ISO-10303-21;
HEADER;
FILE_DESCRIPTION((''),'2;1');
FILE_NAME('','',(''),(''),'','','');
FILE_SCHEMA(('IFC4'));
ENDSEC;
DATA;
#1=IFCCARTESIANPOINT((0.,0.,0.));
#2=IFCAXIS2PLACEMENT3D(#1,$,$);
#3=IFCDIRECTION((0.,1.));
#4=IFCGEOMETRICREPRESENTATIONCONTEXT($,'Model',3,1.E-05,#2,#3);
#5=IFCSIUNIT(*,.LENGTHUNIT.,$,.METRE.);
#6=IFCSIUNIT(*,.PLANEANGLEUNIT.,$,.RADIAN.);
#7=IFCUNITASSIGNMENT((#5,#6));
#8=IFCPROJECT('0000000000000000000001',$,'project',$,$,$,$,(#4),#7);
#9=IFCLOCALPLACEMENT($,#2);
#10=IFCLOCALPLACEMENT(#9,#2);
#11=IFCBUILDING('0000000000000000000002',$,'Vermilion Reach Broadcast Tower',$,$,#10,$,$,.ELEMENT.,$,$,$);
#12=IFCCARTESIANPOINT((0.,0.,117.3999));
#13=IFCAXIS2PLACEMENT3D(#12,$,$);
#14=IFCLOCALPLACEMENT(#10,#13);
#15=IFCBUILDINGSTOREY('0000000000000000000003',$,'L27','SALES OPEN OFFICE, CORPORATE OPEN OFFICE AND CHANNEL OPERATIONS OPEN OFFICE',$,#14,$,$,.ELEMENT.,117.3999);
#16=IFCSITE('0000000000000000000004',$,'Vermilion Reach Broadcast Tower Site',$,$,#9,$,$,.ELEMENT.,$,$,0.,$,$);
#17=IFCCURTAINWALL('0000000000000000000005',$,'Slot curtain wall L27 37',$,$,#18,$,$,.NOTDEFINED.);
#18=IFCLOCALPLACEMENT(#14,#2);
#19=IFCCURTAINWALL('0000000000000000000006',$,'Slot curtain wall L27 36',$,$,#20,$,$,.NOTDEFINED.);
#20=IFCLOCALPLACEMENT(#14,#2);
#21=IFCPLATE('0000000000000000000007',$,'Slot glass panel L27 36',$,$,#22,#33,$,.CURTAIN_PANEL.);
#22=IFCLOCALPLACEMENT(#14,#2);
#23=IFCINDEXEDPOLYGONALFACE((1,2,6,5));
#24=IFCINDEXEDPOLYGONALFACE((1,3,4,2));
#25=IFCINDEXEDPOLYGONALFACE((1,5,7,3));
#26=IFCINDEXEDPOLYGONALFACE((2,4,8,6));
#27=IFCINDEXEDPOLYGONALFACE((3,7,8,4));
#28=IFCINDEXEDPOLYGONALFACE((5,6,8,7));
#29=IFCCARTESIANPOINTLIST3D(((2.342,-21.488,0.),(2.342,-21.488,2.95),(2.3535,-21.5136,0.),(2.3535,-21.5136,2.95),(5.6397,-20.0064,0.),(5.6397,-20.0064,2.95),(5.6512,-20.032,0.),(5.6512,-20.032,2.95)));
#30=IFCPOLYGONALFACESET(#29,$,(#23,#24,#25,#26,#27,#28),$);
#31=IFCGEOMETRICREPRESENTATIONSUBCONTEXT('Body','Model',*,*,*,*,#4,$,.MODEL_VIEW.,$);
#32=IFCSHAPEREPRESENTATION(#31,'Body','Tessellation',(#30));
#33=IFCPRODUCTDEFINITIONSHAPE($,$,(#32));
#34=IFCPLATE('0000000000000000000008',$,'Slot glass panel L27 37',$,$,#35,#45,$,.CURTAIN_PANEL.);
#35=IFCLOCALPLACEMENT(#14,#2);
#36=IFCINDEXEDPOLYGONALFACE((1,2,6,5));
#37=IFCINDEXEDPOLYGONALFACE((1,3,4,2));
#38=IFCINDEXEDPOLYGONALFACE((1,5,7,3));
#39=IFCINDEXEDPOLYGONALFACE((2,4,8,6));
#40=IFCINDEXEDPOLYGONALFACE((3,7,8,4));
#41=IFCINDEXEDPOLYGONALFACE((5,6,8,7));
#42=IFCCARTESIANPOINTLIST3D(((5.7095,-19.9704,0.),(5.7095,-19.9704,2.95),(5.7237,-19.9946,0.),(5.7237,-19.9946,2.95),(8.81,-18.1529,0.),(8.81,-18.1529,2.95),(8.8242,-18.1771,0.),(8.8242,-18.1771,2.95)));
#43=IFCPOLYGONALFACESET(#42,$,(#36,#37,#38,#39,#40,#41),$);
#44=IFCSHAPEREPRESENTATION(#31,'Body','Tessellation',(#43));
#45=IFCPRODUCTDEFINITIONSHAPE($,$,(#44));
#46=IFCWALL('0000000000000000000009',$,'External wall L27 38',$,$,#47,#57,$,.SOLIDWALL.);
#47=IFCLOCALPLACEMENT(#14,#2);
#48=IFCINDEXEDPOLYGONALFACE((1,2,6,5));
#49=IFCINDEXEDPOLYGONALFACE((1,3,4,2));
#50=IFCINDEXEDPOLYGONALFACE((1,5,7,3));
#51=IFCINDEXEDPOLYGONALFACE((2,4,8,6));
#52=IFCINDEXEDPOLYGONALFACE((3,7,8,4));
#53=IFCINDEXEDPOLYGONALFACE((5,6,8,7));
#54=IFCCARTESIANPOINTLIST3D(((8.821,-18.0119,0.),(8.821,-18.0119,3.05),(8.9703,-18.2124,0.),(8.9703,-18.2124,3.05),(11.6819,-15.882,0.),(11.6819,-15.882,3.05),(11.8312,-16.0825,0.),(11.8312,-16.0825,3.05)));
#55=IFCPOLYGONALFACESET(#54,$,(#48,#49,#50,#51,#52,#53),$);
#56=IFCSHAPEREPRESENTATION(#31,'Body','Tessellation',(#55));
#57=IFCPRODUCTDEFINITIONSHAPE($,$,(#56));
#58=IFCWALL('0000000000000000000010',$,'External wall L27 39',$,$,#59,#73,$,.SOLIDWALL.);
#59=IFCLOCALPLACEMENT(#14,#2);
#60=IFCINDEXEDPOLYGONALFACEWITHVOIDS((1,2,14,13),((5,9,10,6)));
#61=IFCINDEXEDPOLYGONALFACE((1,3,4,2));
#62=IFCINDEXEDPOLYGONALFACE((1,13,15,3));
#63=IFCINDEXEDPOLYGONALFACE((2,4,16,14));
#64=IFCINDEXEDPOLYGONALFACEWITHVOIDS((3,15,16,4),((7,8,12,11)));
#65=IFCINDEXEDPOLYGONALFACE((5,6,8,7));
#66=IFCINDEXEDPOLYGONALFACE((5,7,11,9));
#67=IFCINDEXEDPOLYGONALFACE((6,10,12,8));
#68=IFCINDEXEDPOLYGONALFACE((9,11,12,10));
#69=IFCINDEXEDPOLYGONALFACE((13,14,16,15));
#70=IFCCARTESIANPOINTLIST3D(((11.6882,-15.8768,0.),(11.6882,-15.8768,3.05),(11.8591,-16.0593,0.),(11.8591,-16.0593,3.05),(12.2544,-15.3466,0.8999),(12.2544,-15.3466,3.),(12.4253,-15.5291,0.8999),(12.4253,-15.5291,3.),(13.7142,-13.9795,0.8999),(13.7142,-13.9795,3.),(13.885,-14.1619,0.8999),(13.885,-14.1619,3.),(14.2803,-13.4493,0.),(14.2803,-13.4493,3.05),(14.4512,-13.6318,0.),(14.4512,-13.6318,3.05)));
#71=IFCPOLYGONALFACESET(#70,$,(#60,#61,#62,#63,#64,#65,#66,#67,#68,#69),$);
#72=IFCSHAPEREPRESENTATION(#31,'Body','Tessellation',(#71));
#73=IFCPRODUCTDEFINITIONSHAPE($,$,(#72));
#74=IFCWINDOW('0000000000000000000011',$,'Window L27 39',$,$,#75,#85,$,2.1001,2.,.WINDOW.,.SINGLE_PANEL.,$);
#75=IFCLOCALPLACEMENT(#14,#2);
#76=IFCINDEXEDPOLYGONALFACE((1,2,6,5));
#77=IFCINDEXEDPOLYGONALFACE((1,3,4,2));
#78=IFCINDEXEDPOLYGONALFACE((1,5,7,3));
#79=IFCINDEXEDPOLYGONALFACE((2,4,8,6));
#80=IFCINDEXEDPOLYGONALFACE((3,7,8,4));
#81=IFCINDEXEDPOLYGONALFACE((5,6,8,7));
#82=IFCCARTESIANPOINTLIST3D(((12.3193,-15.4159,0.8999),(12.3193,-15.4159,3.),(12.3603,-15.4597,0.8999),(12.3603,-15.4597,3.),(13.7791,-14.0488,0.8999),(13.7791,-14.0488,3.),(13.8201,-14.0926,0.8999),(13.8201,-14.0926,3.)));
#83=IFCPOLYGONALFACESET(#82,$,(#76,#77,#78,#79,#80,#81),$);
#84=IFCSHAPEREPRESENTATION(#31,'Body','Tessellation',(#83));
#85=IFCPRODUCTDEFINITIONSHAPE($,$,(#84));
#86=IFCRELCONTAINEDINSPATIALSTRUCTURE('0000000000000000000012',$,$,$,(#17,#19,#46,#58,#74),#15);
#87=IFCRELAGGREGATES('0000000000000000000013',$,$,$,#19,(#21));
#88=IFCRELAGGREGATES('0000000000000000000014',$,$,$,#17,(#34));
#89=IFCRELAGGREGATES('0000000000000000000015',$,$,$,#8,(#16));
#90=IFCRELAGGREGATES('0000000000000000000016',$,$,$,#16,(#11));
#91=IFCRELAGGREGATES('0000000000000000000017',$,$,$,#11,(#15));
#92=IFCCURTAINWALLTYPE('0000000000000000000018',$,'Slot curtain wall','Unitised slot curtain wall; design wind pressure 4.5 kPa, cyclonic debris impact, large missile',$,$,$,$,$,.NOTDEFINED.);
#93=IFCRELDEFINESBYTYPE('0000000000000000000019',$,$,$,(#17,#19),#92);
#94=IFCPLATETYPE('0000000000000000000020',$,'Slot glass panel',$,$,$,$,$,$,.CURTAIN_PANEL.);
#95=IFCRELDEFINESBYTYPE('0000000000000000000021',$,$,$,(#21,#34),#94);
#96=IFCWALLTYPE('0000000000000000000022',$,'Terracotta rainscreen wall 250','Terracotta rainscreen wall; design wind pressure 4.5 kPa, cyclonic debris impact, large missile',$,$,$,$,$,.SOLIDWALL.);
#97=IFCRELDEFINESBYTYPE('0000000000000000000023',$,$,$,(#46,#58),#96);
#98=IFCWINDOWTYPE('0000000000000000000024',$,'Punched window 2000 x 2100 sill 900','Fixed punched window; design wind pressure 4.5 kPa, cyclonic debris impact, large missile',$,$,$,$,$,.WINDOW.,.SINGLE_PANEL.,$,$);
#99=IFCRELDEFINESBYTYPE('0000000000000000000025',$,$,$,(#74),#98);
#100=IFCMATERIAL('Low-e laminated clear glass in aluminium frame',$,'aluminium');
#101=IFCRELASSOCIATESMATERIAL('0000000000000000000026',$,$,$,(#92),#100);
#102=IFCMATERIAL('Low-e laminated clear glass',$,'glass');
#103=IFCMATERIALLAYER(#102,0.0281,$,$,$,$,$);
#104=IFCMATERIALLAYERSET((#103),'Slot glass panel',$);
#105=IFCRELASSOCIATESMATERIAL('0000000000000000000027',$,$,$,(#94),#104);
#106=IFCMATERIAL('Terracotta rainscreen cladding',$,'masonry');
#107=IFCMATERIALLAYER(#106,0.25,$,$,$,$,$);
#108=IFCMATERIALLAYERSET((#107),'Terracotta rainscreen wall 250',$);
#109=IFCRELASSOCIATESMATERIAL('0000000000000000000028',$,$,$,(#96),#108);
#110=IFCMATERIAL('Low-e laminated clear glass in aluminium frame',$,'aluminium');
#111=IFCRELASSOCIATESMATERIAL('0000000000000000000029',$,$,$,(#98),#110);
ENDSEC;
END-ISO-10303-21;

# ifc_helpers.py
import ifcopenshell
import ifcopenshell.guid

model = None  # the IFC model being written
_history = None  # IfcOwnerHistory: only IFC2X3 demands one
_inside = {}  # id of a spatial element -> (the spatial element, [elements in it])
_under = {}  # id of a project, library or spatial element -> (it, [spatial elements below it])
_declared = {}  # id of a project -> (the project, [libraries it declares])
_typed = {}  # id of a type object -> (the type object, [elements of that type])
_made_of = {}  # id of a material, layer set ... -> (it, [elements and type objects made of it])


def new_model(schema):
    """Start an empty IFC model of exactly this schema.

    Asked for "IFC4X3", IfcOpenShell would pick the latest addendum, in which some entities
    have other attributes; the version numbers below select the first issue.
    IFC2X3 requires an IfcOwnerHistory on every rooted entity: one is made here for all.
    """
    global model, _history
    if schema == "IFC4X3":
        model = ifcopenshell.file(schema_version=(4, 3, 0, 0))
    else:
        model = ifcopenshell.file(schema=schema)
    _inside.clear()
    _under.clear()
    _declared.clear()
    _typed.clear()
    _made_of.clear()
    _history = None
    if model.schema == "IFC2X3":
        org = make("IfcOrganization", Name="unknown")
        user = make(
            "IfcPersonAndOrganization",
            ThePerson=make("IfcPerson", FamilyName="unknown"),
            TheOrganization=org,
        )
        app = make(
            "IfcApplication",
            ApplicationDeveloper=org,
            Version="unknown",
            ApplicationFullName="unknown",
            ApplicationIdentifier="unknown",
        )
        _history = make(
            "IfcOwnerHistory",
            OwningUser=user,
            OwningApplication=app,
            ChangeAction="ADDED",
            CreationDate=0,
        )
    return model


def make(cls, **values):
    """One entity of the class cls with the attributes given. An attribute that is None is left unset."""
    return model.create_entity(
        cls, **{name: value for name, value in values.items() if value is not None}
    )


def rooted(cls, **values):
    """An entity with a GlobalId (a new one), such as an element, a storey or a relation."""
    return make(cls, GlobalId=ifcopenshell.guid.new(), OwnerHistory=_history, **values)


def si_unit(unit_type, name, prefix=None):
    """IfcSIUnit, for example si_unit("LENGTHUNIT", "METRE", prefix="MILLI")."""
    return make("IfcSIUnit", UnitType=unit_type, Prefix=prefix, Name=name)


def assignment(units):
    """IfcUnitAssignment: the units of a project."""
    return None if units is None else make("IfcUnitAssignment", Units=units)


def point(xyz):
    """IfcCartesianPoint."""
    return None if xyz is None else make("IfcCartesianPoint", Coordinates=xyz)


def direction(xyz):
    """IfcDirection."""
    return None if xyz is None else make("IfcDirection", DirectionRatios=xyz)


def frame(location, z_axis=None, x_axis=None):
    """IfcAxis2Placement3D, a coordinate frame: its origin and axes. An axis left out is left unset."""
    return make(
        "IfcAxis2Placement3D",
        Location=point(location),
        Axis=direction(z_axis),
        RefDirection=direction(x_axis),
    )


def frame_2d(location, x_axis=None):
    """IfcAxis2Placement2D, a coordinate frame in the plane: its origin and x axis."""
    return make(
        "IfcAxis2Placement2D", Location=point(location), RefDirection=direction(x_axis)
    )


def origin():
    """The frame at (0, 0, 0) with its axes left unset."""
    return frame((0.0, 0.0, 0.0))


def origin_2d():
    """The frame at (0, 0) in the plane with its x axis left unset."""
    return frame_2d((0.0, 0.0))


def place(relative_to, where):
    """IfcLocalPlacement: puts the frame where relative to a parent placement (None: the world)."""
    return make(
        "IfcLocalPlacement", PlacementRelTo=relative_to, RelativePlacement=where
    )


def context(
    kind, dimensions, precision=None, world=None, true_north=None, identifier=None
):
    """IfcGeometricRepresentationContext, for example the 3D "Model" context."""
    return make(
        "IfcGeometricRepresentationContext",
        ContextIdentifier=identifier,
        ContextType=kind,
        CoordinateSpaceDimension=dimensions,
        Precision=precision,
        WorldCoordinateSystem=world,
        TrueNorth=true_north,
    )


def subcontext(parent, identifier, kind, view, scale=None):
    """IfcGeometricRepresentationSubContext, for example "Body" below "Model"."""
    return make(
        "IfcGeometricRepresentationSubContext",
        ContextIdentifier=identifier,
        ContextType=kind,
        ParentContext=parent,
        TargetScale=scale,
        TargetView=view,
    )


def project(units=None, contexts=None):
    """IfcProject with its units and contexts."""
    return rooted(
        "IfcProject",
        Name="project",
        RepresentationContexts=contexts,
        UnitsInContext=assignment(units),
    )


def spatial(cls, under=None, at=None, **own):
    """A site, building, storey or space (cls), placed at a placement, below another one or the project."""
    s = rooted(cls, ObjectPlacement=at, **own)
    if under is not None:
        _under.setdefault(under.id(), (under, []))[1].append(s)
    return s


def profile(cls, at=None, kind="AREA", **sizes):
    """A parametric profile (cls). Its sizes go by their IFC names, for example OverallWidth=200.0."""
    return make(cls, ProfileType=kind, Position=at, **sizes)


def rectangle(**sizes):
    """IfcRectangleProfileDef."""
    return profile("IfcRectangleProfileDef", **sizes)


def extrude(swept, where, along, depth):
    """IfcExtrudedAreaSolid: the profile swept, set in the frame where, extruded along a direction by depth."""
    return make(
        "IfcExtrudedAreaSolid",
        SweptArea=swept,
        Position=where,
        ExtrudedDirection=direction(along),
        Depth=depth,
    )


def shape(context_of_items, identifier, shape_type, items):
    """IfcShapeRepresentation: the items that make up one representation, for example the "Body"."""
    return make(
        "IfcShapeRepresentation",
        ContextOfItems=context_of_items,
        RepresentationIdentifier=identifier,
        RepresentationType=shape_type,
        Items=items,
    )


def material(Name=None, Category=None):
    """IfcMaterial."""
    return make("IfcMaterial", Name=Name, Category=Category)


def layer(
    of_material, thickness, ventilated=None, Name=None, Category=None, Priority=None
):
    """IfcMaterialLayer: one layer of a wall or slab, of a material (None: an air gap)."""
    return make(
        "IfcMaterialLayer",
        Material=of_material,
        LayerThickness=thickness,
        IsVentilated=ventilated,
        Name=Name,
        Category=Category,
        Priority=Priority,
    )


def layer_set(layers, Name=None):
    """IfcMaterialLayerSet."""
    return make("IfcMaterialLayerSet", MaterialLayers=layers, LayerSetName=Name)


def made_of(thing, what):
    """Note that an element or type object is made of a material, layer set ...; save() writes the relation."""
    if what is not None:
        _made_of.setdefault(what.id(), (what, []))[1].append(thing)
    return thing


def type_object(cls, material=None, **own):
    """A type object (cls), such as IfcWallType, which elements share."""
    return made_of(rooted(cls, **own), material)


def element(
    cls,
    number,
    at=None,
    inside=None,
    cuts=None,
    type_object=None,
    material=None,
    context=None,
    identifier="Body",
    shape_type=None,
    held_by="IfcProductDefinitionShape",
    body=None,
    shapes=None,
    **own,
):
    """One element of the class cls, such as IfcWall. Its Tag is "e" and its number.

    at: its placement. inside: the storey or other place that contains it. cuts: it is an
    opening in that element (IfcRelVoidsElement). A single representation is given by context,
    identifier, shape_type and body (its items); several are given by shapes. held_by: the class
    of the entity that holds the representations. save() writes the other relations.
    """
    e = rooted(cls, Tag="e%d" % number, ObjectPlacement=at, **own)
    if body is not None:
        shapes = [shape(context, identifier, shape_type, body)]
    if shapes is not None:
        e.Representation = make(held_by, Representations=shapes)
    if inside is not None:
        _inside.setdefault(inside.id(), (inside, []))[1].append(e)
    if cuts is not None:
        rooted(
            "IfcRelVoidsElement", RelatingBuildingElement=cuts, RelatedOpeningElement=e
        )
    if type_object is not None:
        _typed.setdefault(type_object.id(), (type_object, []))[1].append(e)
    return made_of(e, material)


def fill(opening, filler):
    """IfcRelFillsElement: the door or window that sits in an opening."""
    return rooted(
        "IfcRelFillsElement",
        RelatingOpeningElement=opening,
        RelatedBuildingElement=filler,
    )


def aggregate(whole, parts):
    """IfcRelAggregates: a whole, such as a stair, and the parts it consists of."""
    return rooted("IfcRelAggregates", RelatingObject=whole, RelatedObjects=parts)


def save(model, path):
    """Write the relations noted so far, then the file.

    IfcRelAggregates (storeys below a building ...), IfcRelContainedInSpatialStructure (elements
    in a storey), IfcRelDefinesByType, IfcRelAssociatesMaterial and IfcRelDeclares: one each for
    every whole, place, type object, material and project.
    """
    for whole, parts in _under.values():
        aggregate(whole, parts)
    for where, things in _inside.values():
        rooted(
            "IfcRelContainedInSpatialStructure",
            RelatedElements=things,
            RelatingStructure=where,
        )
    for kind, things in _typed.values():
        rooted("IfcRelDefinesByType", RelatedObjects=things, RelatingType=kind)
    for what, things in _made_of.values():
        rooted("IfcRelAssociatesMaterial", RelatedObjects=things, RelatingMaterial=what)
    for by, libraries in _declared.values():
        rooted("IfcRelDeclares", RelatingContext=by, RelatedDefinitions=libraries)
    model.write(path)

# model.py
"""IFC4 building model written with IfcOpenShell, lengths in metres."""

from ifc_helpers import new_model, si_unit, direction, frame, frame_2d, origin, origin_2d, place, context, subcontext, project, spatial, rectangle, extrude, material, layer, layer_set, type_object, element, fill, aggregate, save


model = new_model("IFC4")

# Units and contexts
model_context = context("Model", 3, precision=1e-05, world=origin(), true_north=direction((0.0, 1.0)))
body_context = subcontext(model_context, "Body", "Model", "MODEL_VIEW")
ifc_project = project(units=[si_unit("LENGTHUNIT", "METRE"), si_unit("PLANEANGLEUNIT", "RADIAN")], contexts=[model_context])

# Site, building, storey
site_placement = place(None, origin())
site = spatial("IfcSite", under=ifc_project, at=site_placement, Name="Vermilion Reach Broadcast Tower Site", CompositionType="ELEMENT", RefElevation=0.0)
building_placement = place(site_placement, origin())
building = spatial("IfcBuilding", under=site, at=building_placement, Name="Vermilion Reach Broadcast Tower", CompositionType="ELEMENT")
storey_placement = place(building_placement, frame((0.0, 0.0, 117.3999)))
storey = spatial("IfcBuildingStorey", under=building, at=storey_placement, Name="L27", Description="SALES OPEN OFFICE, CORPORATE OPEN OFFICE AND CHANNEL OPERATIONS OPEN OFFICE", CompositionType="ELEMENT", Elevation=117.3999)

# Curtain wall
ifc_material_1 = material(Name="Low-e laminated clear glass in aluminium frame", Category="aluminium")
curtain_wall_type = type_object("IfcCurtainWallType", Name="Slot curtain wall", Description="Unitised slot curtain wall; design wind pressure 4.5 kPa, cyclonic debris impact, large missile", PredefinedType="NOTDEFINED", material=ifc_material_1)
placement = place(storey_placement, origin())
curtain_wall_1 = element("IfcCurtainWall", 1, at=placement, inside=storey, type_object=curtain_wall_type, Name="Slot curtain wall L27 37", PredefinedType="NOTDEFINED")

# Curtain wall, plate
curtain_wall_2 = element("IfcCurtainWall", 2, at=placement, inside=storey, type_object=curtain_wall_type, Name="Slot curtain wall L27 36", PredefinedType="NOTDEFINED")
ifc_material_2 = material(Name="Low-e laminated clear glass", Category="glass")
ifc_layer_1 = layer(ifc_material_2, 0.0281)
ifc_layer_set_1 = layer_set([ifc_layer_1], Name="Slot glass panel")
plate_type = type_object("IfcPlateType", Name="Slot glass panel", PredefinedType="CURTAIN_PANEL", material=ifc_layer_set_1)
plate_1_placement = place(storey_placement, frame((3.9966, -20.76, 0.0), z_axis=(0.0, 0.0, 1.0), x_axis=(0.912161, 0.409832, 0.0)))
plate_1 = element("IfcPlate", 3, at=plate_1_placement, type_object=plate_type, Name="Slot glass panel L27 36", PredefinedType="CURTAIN_PANEL", context=body_context, shape_type="SweptSolid", body=[
    extrude(rectangle(XDim=3.6152, YDim=0.0281, at=origin_2d()), origin(), (0.0, 0.0, 1.0), 2.95),
])
aggregate(curtain_wall_2, [plate_1])

# Plate
plate_2_placement = place(storey_placement, frame((7.2668, -19.0737, 0.0), z_axis=(0.0, 0.0, 1.0), x_axis=(0.862712, 0.505696, 0.0)))
plate_2 = element("IfcPlate", 4, at=plate_2_placement, type_object=plate_type, Name="Slot glass panel L27 37", PredefinedType="CURTAIN_PANEL", context=body_context, shape_type="SweptSolid", body=[
    extrude(rectangle(XDim=3.594, YDim=0.0281, at=origin_2d()), origin(), (0.0, 0.0, 1.0), 2.95),
])
aggregate(curtain_wall_1, [plate_2])

# Wall
ifc_material_3 = material(Name="Terracotta rainscreen cladding", Category="masonry")
ifc_layer_2 = layer(ifc_material_3, 0.25)
ifc_layer_set_2 = layer_set([ifc_layer_2], Name="Terracotta rainscreen wall 250")
wall_type = type_object("IfcWallType", Name="Terracotta rainscreen wall 250", Description="Terracotta rainscreen wall; design wind pressure 4.5 kPa, cyclonic debris impact, large missile", PredefinedType="SOLIDWALL", material=ifc_layer_set_2)
wall_1_placement = place(storey_placement, frame((8.8958, -18.1121, 0.0), z_axis=(0.0, 0.0, 1.0), x_axis=(0.802114, 0.597171, 0.0)))
element("IfcWall", 5, at=wall_1_placement, inside=storey, type_object=wall_type, Name="External wall L27 38", PredefinedType="SOLIDWALL", context=body_context, shape_type="SweptSolid", body=[
    extrude(rectangle(XDim=3.5667, YDim=0.25, at=frame_2d((1.7832, 0.0))), origin(), (0.0, 0.0, 1.0), 3.05),
])

# Wall, opening, window
wall_2_placement = place(storey_placement, frame((11.7737, -15.968, 0.0), z_axis=(0.0, 0.0, 1.0), x_axis=(0.729895, 0.683559, 0.0)))
wall_2 = element("IfcWall", 6, at=wall_2_placement, inside=storey, type_object=wall_type, Name="External wall L27 39", PredefinedType="SOLIDWALL", context=body_context, shape_type="SweptSolid", body=[
    extrude(rectangle(XDim=3.5513, YDim=0.25, at=frame_2d((1.7756, 0.0))), origin(), (0.0, 0.0, 1.0), 3.05),
])
opening_1_placement = place(wall_2_placement, frame((0.7756, 0.0, 0.8999)))
opening_1 = element("IfcOpeningElement", 7, at=opening_1_placement, cuts=wall_2, PredefinedType="OPENING", context=body_context, shape_type="SweptSolid", body=[
    extrude(rectangle(XDim=2.0, YDim=2.1001, at=frame_2d((1.0, 1.05))), frame((0.0, 0.135, 0.0), z_axis=(0.0, -1.0, 0.0), x_axis=(1.0, 0.0, 0.0)), (0.0, 0.0, 1.0), 0.27),
])
ifc_material_4 = material(Name="Low-e laminated clear glass in aluminium frame", Category="aluminium")
window_type = type_object("IfcWindowType", Name="Punched window 2000 x 2100 sill 900", Description="Fixed punched window; design wind pressure 4.5 kPa, cyclonic debris impact, large missile", PartitioningType="SINGLE_PANEL", PredefinedType="WINDOW", material=ifc_material_4)
window_placement = place(opening_1_placement, origin())
window = element("IfcWindow", 8, at=window_placement, inside=storey, type_object=window_type, Name="Window L27 39", OverallHeight=2.1001, OverallWidth=2.0, PartitioningType="SINGLE_PANEL", PredefinedType="WINDOW", context=body_context, shape_type="SweptSolid", body=[
    extrude(rectangle(XDim=2.0, YDim=2.1001, at=frame_2d((1.0, 1.05))), frame((0.0, 0.03, 0.0), z_axis=(0.0, -1.0, 0.0), x_axis=(1.0, 0.0, 0.0)), (0.0, 0.0, 1.0), 0.0601),
])
fill(opening_1, window)

save(model, "model.ifc")
